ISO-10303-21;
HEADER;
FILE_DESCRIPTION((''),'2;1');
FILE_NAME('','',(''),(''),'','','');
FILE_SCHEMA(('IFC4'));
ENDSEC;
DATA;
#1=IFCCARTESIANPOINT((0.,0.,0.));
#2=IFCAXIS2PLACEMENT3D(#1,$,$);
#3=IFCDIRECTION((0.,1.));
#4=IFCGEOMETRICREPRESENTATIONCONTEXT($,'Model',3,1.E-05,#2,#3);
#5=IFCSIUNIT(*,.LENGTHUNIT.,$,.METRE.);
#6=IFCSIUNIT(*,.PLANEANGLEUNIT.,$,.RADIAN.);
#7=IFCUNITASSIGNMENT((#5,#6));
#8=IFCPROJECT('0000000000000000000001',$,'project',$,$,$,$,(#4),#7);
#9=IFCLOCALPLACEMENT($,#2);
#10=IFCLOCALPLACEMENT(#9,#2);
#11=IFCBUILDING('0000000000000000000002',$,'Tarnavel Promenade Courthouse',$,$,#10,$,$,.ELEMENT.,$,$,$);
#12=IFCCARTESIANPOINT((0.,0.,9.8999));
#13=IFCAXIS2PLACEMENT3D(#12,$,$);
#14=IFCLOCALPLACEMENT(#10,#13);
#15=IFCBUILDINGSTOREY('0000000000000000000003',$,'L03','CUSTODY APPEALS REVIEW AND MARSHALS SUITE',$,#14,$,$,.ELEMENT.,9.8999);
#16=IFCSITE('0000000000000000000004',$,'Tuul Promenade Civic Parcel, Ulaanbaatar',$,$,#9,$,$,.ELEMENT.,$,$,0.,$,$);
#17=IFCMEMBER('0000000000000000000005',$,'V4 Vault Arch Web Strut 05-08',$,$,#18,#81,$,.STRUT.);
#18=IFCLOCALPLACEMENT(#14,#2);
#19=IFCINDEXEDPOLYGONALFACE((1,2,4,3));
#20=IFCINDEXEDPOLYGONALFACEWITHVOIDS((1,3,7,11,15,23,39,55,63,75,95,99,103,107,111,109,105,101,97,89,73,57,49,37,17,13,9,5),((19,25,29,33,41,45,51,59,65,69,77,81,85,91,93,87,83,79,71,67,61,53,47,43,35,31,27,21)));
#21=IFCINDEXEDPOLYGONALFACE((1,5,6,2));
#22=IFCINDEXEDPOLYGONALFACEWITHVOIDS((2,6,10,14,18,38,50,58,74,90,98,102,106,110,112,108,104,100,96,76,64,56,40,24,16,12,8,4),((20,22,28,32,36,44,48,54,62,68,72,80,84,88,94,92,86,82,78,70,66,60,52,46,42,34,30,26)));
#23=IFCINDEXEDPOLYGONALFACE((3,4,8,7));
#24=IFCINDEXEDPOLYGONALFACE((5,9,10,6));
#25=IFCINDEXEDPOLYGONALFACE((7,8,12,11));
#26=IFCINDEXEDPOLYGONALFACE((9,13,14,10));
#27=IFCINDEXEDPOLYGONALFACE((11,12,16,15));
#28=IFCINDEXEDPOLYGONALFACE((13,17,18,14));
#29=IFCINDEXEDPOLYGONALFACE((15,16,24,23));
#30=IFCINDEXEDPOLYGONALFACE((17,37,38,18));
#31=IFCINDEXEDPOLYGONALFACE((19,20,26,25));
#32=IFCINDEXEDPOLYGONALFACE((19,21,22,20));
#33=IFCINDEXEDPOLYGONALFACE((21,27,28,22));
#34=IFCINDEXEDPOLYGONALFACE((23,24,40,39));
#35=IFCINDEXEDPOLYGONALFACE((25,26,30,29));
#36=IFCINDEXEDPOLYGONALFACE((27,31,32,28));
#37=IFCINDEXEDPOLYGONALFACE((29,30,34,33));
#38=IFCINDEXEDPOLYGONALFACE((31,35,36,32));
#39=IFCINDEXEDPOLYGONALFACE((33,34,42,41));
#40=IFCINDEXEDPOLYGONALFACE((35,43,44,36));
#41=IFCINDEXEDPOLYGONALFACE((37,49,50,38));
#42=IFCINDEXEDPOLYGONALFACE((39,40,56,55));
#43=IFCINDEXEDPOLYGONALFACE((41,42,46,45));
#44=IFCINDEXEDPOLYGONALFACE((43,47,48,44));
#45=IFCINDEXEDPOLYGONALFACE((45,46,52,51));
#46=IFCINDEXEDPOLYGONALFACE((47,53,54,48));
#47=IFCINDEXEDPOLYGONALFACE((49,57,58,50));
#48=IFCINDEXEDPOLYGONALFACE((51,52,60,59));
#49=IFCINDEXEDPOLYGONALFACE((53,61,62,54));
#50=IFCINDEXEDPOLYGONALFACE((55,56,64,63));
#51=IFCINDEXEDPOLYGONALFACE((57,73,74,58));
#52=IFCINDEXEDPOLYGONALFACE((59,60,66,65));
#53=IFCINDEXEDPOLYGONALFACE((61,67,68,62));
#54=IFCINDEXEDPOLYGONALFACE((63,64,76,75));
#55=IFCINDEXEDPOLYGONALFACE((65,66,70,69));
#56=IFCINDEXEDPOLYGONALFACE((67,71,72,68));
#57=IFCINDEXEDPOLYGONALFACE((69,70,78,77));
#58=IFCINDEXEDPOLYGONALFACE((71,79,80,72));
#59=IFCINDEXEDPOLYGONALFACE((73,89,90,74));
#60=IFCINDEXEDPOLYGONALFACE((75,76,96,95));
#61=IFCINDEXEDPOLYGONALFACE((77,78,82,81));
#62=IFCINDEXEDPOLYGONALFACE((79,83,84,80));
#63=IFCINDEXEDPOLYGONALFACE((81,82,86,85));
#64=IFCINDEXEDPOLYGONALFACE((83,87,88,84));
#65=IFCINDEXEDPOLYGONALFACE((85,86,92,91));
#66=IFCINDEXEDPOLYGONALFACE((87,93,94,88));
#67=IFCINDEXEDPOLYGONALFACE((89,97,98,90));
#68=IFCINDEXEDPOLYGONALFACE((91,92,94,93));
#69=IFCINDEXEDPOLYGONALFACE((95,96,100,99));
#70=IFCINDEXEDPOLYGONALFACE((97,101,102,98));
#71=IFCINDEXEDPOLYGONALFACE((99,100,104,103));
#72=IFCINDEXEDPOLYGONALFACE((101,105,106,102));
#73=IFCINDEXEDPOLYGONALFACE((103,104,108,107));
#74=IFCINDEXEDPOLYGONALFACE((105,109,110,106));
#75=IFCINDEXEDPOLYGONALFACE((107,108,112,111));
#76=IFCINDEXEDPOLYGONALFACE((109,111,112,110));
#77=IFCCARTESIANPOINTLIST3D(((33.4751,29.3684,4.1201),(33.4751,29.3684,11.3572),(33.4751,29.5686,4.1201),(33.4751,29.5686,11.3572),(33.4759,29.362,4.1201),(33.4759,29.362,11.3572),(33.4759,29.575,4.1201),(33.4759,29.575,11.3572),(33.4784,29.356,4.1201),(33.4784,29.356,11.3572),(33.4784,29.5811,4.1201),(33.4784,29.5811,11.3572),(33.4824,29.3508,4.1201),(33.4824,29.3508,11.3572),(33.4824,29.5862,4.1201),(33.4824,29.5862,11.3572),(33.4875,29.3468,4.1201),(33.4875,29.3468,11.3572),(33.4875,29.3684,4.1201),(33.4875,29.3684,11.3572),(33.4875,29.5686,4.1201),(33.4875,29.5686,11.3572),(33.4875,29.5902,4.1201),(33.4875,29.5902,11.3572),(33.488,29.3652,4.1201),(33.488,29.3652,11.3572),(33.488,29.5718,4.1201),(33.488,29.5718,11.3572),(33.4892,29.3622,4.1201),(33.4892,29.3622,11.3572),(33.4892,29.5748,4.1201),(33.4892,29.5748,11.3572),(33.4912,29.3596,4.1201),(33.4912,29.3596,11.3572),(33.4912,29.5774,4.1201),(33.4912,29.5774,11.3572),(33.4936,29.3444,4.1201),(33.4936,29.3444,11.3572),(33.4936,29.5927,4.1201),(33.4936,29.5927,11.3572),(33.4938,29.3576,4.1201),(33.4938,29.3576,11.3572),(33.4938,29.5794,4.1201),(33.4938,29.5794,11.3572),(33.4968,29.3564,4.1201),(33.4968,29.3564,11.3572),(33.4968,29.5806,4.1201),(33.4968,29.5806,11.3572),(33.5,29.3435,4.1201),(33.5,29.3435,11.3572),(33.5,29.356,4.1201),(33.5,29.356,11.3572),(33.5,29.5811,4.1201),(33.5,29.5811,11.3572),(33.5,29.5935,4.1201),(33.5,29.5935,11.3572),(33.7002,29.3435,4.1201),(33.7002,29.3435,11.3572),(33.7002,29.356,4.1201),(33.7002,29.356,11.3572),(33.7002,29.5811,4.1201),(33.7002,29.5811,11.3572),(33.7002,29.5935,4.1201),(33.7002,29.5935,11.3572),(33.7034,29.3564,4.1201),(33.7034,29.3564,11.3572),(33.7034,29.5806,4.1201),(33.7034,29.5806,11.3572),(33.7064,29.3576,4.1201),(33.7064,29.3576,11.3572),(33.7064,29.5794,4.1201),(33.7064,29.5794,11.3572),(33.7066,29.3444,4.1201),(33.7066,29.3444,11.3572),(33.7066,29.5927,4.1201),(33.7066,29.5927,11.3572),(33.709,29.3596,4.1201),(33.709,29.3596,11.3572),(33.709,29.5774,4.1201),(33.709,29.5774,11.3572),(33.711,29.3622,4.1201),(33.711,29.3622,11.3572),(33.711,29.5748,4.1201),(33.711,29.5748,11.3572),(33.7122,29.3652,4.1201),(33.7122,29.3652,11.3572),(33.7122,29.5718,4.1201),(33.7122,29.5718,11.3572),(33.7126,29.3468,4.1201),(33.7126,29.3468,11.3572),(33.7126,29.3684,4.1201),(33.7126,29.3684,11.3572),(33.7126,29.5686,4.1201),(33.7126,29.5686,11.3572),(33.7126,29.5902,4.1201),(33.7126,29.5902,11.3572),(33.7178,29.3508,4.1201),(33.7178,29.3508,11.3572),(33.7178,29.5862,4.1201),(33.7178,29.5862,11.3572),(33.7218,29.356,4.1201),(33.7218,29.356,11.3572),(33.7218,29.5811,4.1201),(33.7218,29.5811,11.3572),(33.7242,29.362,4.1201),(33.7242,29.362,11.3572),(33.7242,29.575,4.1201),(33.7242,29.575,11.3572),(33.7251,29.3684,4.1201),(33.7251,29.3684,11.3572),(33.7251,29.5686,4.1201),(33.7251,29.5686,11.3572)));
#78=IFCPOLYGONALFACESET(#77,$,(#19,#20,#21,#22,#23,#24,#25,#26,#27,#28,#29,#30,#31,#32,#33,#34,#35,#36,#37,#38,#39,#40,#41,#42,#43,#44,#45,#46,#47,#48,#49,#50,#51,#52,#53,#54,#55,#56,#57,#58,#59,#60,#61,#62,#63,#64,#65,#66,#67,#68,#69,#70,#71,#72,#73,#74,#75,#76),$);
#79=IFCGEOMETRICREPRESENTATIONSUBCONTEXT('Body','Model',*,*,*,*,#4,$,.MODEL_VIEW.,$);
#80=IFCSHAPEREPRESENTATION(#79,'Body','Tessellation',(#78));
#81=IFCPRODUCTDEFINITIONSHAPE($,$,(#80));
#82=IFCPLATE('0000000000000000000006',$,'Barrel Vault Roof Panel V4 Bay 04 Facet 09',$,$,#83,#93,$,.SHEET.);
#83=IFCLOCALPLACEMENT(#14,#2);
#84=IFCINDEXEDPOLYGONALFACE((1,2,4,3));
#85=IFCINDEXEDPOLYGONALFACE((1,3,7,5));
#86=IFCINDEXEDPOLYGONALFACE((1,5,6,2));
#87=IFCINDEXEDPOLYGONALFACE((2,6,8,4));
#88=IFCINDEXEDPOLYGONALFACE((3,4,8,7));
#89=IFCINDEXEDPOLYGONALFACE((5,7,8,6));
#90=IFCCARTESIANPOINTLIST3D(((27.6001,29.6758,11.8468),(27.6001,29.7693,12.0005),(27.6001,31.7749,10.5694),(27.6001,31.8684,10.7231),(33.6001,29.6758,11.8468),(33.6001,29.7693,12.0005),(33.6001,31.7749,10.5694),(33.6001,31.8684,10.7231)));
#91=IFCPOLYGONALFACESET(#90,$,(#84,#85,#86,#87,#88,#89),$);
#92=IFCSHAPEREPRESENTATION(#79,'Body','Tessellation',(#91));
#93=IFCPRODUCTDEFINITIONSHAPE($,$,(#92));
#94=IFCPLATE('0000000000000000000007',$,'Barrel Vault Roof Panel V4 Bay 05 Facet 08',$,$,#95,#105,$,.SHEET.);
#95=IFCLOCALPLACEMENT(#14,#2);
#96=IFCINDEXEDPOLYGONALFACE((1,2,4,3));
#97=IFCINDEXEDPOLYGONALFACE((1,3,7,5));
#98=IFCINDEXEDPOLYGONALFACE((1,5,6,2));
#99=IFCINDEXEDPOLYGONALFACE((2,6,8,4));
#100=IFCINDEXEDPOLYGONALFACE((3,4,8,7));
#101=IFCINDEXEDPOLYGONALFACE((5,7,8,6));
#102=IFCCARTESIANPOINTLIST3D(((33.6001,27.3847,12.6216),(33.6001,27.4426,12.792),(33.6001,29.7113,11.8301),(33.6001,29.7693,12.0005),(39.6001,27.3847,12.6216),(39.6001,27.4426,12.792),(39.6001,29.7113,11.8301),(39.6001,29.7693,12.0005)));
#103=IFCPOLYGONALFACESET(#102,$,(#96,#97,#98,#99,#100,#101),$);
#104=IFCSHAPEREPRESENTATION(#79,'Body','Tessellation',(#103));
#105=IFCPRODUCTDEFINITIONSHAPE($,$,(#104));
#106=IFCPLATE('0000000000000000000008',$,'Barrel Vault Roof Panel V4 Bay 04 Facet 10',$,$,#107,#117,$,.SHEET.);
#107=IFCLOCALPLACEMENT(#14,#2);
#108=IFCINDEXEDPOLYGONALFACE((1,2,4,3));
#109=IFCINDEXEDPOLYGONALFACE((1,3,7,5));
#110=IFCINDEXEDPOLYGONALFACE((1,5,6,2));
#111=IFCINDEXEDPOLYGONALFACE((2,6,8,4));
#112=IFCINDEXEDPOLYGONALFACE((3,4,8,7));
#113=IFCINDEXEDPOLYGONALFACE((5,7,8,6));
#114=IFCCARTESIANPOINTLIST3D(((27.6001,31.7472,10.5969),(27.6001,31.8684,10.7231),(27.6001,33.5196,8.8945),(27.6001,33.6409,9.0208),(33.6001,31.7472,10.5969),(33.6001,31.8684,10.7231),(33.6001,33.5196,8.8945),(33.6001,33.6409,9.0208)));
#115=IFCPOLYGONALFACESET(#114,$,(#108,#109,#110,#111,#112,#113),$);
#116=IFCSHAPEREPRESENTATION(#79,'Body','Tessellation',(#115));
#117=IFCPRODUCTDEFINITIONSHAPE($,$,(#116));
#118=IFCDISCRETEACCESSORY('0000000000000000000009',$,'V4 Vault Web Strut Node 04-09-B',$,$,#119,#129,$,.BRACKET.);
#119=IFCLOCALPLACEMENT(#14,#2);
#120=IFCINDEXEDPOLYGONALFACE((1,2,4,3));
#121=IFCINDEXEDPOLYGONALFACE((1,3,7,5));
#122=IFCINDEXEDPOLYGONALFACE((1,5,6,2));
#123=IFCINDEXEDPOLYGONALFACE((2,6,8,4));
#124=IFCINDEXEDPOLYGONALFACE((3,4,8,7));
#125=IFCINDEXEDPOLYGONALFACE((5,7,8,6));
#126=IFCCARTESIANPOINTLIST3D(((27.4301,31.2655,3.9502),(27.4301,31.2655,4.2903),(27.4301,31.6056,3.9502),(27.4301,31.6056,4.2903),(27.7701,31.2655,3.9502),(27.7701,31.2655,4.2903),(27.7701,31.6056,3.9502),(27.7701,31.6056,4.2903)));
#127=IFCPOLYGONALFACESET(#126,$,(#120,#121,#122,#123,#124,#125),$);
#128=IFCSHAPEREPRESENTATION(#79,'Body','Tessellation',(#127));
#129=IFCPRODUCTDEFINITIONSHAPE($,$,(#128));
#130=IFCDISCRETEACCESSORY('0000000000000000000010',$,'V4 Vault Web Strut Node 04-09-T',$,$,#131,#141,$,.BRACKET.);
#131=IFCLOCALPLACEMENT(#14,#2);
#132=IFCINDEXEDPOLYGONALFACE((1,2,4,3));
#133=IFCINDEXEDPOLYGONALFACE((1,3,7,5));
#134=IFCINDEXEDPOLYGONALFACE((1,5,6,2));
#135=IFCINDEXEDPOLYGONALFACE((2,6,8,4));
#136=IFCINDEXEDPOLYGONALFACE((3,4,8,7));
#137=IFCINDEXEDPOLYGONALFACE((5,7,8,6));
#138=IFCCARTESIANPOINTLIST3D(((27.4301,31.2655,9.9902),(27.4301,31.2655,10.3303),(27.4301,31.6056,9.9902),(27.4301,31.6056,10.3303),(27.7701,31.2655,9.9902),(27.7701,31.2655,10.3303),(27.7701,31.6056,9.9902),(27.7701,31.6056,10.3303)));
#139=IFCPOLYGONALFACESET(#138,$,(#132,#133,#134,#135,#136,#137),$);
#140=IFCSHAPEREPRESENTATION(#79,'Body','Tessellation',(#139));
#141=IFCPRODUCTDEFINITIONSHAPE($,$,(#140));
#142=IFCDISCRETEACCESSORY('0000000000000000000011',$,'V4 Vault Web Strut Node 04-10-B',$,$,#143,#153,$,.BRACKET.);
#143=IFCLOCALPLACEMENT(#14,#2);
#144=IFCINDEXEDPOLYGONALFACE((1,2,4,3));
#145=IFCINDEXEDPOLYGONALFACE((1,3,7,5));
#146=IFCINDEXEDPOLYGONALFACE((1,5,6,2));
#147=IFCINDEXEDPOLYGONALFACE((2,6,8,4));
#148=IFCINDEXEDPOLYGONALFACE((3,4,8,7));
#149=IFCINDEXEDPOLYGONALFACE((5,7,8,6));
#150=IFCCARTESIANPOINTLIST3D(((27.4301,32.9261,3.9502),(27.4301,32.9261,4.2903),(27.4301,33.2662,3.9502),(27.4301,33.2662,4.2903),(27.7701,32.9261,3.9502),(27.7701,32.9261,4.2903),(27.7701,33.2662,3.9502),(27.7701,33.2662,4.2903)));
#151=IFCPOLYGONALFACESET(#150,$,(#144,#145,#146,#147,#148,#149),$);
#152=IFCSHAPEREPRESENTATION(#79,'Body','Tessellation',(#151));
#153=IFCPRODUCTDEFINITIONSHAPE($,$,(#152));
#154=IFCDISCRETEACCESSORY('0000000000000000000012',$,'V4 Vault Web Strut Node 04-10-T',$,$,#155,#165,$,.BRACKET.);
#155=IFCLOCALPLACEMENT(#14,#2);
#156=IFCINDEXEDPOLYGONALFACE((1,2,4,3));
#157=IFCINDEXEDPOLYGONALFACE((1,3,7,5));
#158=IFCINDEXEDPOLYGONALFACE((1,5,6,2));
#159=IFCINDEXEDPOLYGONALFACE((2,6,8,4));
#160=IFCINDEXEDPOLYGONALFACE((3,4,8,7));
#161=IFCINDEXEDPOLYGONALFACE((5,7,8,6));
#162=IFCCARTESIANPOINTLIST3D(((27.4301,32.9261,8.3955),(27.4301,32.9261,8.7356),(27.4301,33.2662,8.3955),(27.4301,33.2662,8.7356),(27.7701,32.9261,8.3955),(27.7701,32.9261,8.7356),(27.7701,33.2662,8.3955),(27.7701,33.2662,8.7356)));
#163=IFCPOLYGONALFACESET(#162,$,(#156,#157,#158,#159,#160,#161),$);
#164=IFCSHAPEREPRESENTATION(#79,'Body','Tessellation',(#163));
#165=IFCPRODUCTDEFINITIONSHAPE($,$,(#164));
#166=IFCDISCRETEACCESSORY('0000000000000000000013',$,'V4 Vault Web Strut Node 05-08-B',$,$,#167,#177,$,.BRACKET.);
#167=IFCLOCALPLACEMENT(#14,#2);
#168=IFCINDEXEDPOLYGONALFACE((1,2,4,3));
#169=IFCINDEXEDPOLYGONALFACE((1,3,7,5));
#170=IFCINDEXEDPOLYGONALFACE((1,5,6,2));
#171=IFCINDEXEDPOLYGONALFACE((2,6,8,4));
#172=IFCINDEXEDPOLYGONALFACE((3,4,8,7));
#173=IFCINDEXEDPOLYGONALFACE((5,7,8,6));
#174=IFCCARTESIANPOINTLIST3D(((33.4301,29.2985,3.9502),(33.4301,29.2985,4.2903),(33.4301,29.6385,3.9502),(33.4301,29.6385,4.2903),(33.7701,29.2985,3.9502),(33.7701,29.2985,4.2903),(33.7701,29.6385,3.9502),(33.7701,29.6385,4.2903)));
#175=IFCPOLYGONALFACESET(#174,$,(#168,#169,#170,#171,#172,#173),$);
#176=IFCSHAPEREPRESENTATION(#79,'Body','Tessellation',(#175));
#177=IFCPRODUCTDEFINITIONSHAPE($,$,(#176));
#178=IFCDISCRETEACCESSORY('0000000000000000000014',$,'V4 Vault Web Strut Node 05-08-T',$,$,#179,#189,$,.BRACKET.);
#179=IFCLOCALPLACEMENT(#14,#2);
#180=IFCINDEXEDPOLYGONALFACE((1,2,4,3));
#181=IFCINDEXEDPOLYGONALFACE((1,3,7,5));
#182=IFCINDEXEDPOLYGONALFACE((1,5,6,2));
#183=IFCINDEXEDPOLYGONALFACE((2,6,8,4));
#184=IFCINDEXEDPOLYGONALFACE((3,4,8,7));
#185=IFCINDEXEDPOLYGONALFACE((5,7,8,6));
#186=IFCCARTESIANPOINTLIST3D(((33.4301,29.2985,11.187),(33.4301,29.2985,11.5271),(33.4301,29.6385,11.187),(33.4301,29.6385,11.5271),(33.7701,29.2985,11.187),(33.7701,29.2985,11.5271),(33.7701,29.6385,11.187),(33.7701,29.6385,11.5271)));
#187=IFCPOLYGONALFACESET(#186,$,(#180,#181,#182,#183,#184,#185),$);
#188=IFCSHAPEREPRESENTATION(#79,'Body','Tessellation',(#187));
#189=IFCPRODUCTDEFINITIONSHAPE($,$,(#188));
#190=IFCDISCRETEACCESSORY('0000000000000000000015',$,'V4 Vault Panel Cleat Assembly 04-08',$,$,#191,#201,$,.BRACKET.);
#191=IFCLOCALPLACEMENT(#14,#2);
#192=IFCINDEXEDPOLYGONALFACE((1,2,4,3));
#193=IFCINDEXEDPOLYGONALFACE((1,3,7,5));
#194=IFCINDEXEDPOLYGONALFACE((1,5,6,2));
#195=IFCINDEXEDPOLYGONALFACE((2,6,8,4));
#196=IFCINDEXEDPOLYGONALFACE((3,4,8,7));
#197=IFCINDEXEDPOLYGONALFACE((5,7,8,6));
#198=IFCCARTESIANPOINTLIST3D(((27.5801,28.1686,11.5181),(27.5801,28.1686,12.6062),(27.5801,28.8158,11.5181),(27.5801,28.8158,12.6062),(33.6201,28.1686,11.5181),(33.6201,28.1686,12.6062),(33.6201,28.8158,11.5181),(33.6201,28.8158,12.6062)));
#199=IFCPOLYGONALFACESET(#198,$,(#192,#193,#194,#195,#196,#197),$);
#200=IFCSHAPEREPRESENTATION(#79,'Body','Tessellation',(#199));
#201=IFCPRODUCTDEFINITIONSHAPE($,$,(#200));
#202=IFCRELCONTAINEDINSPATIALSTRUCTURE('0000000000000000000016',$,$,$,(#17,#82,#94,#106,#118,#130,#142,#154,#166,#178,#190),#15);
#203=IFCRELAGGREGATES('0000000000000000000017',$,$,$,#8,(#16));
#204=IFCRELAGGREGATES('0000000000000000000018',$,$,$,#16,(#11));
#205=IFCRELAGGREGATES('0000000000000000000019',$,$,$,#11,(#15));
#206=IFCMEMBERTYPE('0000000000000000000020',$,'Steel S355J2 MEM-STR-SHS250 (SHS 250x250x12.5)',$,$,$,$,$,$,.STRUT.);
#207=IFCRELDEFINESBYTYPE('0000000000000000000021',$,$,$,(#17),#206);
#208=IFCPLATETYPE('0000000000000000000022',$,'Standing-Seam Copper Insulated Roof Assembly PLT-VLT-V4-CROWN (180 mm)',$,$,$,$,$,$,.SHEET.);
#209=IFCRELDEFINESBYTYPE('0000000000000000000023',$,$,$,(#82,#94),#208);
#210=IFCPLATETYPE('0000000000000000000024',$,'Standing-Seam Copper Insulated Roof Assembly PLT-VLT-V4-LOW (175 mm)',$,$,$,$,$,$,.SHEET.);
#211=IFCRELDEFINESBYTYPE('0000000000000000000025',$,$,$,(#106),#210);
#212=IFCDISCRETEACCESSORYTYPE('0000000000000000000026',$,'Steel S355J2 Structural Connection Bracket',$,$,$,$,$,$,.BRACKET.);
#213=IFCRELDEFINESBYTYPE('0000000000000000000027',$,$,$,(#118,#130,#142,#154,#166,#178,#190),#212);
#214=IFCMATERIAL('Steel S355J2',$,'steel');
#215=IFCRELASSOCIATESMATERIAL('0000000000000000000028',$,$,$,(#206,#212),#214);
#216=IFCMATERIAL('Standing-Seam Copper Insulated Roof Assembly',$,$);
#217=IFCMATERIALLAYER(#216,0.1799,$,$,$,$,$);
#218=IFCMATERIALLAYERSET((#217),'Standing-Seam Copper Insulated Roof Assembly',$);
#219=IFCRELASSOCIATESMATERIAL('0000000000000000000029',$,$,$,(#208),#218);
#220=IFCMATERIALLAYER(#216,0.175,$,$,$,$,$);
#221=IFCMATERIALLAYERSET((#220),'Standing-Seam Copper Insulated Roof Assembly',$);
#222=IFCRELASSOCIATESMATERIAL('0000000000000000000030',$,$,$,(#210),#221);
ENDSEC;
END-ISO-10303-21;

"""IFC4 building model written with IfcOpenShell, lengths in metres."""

from ifc_helpers import new_model, si_unit, direction, frame, origin, origin_2d, place, context, subcontext, project, spatial, polyline, rectangle, hollow_rectangle, outline, extrude, material, layer, layer_set, material_profile, profile_set, type_object, element, save


model = new_model("IFC4")

# Units and contexts
model_context = context("Model", 3, precision=1e-05, world=origin(), true_north=direction((0.0, 1.0)))
body_context = subcontext(model_context, "Body", "Model", "MODEL_VIEW")
ifc_project = project(units=[si_unit("LENGTHUNIT", "METRE"), si_unit("PLANEANGLEUNIT", "RADIAN")], contexts=[model_context])

# Site, building, storey
site_placement = place(None, origin())
site = spatial("IfcSite", under=ifc_project, at=site_placement, Name="Tuul Promenade Civic Parcel, Ulaanbaatar", CompositionType="ELEMENT", RefElevation=0.0)
building_placement = place(site_placement, origin())
building = spatial("IfcBuilding", under=site, at=building_placement, Name="Tarnavel Promenade Courthouse", CompositionType="ELEMENT")
storey_placement = place(building_placement, frame((0.0, 0.0, 9.8999)))
storey = spatial("IfcBuildingStorey", under=building, at=storey_placement, Name="L03", Description="CUSTODY APPEALS REVIEW AND MARSHALS SUITE", CompositionType="ELEMENT", Elevation=9.8999)

# Shared definitions
ifc_material_1 = material(Name="Steel S355J2", Category="steel")

# Member
ifc_material_profile_1 = material_profile(ifc_material_1, hollow_rectangle(XDim=0.25, YDim=0.25, WallThickness=0.0125, InnerFilletRadius=0.0125, OuterFilletRadius=0.0249, at=origin_2d()), Name="SHS 250x250x12.5")
ifc_profile_set_1 = profile_set([ifc_material_profile_1], Name="Steel S355J2")
member_type_1 = type_object("IfcMemberType", Name="Steel S355J2 MEM-STR-SHS250 (SHS 250x250x12.5)", PredefinedType="STRUT", material=ifc_profile_set_1)
member_1_placement = place(storey_placement, frame((33.6001, 29.4685, 4.1201), z_axis=(0.0, 0.0, 1.0), x_axis=(1.0, 0.0, 0.0)))
element("IfcMember", 1, at=member_1_placement, inside=storey, type_object=member_type_1, Name="V4 Vault Arch Web Strut 05-08", PredefinedType="STRUT", context=body_context, shape_type="SweptSolid", body=[
    extrude(hollow_rectangle(XDim=0.25, YDim=0.25, WallThickness=0.0125, InnerFilletRadius=0.0125, OuterFilletRadius=0.0249, at=origin_2d()), origin(), (0.0, 0.0, 1.0), 7.2371),
])

# Plates
ifc_material_2 = material(Name="Standing-Seam Copper Insulated Roof Assembly")
ifc_layer_1 = layer(ifc_material_2, 0.1799)
ifc_layer_set_1 = layer_set([ifc_layer_1], Name="Standing-Seam Copper Insulated Roof Assembly")
plate_type_1 = type_object("IfcPlateType", Name="Standing-Seam Copper Insulated Roof Assembly PLT-VLT-V4-CROWN (180 mm)", PredefinedType="SHEET", material=ifc_layer_set_1)
plate_1_placement = place(storey_placement, frame((27.6001, 29.7693, 12.0005), z_axis=(0.0, 0.519833, 0.854268), x_axis=(1.0, 0.0, 0.0)))
element("IfcPlate", 2, at=plate_1_placement, inside=storey, type_object=plate_type_1, Name="Barrel Vault Roof Panel V4 Bay 04 Facet 09", PredefinedType="SHEET", context=body_context, shape_type="SweptSolid", body=[
    extrude(outline(polyline([(0.0, 0.0), (6.0, 0.0), (6.0, 2.4572), (0.0, 2.4572), (0.0, 0.0)])), origin(), (0.0, 0.0, -1.0), 0.1799),
])
plate_2_placement = place(storey_placement, frame((33.6001, 27.4426, 12.792), z_axis=(0.0, 0.322063, 0.946718), x_axis=(1.0, 0.0, 0.0)))
element("IfcPlate", 3, at=plate_2_placement, inside=storey, type_object=plate_type_1, Name="Barrel Vault Roof Panel V4 Bay 05 Facet 08", PredefinedType="SHEET", context=body_context, shape_type="SweptSolid", body=[
    extrude(outline(polyline([(0.0, 0.0), (6.0, 0.0), (6.0, 2.4576), (0.0, 2.4576), (0.0, 0.0)])), origin(), (0.0, 0.0, -1.0), 0.1799),
])
ifc_layer_2 = layer(ifc_material_2, 0.175)
ifc_layer_set_2 = layer_set([ifc_layer_2], Name="Standing-Seam Copper Insulated Roof Assembly")
plate_type_2 = type_object("IfcPlateType", Name="Standing-Seam Copper Insulated Roof Assembly PLT-VLT-V4-LOW (175 mm)", PredefinedType="SHEET", material=ifc_layer_set_2)
plate_3_placement = place(storey_placement, frame((27.6001, 31.8684, 10.7231), z_axis=(0.0, 0.692708, 0.721219), x_axis=(1.0, 0.0, 0.0)))
element("IfcPlate", 4, at=plate_3_placement, inside=storey, type_object=plate_type_2, Name="Barrel Vault Roof Panel V4 Bay 04 Facet 10", PredefinedType="SHEET", context=body_context, shape_type="SweptSolid", body=[
    extrude(outline(polyline([(0.0, 0.0), (6.0, 0.0), (6.0, 2.4576), (0.0, 2.4576), (0.0, 0.0)])), origin(), (0.0, 0.0, -1.0), 0.175),
])

# Discrete accessories
discrete_accessory_type = type_object("IfcDiscreteAccessoryType", Name="Steel S355J2 Structural Connection Bracket", PredefinedType="BRACKET", material=ifc_material_1)
for number, where, z_axis, x_axis, name in (
    (5, (27.6001, 31.4355, 3.9502), (0.0, 0.0, 1.0), (1.0, 0.0, 0.0), "V4 Vault Web Strut Node 04-09-B"),
    (6, (27.6001, 31.4355, 9.9902), (0.0, 0.0, 1.0), (1.0, 0.0, 0.0), "V4 Vault Web Strut Node 04-09-T"),
    (7, (27.6001, 33.0962, 3.9502), (0.0, 0.0, 1.0), (1.0, 0.0, 0.0), "V4 Vault Web Strut Node 04-10-B"),
    (8, (27.6001, 33.0962, 8.3955), (0.0, 0.0, 1.0), (1.0, 0.0, 0.0), "V4 Vault Web Strut Node 04-10-T"),
    (9, (33.6001, 29.4685, 3.9502), (0.0, 0.0, 1.0), (1.0, 0.0, 0.0), "V4 Vault Web Strut Node 05-08-B"),
    (10, (33.6001, 29.4685, 11.187), (0.0, 0.0, 1.0), (1.0, 0.0, 0.0), "V4 Vault Web Strut Node 05-08-T"),
):
    element("IfcDiscreteAccessory", number, at=place(storey_placement, frame(where, z_axis=z_axis, x_axis=x_axis)), inside=storey, type_object=discrete_accessory_type, Name=name, PredefinedType="BRACKET", context=body_context, shape_type="SweptSolid", body=[
        extrude(rectangle(XDim=0.3401, YDim=0.3401, at=origin_2d()), origin(), (0.0, 0.0, 1.0), 0.3401),
    ])
discrete_accessory_1_placement = place(storey_placement, frame((30.6001, 28.4922, 11.5181), z_axis=(0.0, 0.0, 1.0), x_axis=(1.0, 0.0, 0.0)))
element("IfcDiscreteAccessory", 11, at=discrete_accessory_1_placement, inside=storey, type_object=discrete_accessory_type, Name="V4 Vault Panel Cleat Assembly 04-08", PredefinedType="BRACKET", context=body_context, shape_type="SweptSolid", body=[
    extrude(rectangle(XDim=6.04, YDim=0.6472, at=origin_2d()), origin(), (0.0, 0.0, 1.0), 1.0881),
])

save(model, "model.ifc")
